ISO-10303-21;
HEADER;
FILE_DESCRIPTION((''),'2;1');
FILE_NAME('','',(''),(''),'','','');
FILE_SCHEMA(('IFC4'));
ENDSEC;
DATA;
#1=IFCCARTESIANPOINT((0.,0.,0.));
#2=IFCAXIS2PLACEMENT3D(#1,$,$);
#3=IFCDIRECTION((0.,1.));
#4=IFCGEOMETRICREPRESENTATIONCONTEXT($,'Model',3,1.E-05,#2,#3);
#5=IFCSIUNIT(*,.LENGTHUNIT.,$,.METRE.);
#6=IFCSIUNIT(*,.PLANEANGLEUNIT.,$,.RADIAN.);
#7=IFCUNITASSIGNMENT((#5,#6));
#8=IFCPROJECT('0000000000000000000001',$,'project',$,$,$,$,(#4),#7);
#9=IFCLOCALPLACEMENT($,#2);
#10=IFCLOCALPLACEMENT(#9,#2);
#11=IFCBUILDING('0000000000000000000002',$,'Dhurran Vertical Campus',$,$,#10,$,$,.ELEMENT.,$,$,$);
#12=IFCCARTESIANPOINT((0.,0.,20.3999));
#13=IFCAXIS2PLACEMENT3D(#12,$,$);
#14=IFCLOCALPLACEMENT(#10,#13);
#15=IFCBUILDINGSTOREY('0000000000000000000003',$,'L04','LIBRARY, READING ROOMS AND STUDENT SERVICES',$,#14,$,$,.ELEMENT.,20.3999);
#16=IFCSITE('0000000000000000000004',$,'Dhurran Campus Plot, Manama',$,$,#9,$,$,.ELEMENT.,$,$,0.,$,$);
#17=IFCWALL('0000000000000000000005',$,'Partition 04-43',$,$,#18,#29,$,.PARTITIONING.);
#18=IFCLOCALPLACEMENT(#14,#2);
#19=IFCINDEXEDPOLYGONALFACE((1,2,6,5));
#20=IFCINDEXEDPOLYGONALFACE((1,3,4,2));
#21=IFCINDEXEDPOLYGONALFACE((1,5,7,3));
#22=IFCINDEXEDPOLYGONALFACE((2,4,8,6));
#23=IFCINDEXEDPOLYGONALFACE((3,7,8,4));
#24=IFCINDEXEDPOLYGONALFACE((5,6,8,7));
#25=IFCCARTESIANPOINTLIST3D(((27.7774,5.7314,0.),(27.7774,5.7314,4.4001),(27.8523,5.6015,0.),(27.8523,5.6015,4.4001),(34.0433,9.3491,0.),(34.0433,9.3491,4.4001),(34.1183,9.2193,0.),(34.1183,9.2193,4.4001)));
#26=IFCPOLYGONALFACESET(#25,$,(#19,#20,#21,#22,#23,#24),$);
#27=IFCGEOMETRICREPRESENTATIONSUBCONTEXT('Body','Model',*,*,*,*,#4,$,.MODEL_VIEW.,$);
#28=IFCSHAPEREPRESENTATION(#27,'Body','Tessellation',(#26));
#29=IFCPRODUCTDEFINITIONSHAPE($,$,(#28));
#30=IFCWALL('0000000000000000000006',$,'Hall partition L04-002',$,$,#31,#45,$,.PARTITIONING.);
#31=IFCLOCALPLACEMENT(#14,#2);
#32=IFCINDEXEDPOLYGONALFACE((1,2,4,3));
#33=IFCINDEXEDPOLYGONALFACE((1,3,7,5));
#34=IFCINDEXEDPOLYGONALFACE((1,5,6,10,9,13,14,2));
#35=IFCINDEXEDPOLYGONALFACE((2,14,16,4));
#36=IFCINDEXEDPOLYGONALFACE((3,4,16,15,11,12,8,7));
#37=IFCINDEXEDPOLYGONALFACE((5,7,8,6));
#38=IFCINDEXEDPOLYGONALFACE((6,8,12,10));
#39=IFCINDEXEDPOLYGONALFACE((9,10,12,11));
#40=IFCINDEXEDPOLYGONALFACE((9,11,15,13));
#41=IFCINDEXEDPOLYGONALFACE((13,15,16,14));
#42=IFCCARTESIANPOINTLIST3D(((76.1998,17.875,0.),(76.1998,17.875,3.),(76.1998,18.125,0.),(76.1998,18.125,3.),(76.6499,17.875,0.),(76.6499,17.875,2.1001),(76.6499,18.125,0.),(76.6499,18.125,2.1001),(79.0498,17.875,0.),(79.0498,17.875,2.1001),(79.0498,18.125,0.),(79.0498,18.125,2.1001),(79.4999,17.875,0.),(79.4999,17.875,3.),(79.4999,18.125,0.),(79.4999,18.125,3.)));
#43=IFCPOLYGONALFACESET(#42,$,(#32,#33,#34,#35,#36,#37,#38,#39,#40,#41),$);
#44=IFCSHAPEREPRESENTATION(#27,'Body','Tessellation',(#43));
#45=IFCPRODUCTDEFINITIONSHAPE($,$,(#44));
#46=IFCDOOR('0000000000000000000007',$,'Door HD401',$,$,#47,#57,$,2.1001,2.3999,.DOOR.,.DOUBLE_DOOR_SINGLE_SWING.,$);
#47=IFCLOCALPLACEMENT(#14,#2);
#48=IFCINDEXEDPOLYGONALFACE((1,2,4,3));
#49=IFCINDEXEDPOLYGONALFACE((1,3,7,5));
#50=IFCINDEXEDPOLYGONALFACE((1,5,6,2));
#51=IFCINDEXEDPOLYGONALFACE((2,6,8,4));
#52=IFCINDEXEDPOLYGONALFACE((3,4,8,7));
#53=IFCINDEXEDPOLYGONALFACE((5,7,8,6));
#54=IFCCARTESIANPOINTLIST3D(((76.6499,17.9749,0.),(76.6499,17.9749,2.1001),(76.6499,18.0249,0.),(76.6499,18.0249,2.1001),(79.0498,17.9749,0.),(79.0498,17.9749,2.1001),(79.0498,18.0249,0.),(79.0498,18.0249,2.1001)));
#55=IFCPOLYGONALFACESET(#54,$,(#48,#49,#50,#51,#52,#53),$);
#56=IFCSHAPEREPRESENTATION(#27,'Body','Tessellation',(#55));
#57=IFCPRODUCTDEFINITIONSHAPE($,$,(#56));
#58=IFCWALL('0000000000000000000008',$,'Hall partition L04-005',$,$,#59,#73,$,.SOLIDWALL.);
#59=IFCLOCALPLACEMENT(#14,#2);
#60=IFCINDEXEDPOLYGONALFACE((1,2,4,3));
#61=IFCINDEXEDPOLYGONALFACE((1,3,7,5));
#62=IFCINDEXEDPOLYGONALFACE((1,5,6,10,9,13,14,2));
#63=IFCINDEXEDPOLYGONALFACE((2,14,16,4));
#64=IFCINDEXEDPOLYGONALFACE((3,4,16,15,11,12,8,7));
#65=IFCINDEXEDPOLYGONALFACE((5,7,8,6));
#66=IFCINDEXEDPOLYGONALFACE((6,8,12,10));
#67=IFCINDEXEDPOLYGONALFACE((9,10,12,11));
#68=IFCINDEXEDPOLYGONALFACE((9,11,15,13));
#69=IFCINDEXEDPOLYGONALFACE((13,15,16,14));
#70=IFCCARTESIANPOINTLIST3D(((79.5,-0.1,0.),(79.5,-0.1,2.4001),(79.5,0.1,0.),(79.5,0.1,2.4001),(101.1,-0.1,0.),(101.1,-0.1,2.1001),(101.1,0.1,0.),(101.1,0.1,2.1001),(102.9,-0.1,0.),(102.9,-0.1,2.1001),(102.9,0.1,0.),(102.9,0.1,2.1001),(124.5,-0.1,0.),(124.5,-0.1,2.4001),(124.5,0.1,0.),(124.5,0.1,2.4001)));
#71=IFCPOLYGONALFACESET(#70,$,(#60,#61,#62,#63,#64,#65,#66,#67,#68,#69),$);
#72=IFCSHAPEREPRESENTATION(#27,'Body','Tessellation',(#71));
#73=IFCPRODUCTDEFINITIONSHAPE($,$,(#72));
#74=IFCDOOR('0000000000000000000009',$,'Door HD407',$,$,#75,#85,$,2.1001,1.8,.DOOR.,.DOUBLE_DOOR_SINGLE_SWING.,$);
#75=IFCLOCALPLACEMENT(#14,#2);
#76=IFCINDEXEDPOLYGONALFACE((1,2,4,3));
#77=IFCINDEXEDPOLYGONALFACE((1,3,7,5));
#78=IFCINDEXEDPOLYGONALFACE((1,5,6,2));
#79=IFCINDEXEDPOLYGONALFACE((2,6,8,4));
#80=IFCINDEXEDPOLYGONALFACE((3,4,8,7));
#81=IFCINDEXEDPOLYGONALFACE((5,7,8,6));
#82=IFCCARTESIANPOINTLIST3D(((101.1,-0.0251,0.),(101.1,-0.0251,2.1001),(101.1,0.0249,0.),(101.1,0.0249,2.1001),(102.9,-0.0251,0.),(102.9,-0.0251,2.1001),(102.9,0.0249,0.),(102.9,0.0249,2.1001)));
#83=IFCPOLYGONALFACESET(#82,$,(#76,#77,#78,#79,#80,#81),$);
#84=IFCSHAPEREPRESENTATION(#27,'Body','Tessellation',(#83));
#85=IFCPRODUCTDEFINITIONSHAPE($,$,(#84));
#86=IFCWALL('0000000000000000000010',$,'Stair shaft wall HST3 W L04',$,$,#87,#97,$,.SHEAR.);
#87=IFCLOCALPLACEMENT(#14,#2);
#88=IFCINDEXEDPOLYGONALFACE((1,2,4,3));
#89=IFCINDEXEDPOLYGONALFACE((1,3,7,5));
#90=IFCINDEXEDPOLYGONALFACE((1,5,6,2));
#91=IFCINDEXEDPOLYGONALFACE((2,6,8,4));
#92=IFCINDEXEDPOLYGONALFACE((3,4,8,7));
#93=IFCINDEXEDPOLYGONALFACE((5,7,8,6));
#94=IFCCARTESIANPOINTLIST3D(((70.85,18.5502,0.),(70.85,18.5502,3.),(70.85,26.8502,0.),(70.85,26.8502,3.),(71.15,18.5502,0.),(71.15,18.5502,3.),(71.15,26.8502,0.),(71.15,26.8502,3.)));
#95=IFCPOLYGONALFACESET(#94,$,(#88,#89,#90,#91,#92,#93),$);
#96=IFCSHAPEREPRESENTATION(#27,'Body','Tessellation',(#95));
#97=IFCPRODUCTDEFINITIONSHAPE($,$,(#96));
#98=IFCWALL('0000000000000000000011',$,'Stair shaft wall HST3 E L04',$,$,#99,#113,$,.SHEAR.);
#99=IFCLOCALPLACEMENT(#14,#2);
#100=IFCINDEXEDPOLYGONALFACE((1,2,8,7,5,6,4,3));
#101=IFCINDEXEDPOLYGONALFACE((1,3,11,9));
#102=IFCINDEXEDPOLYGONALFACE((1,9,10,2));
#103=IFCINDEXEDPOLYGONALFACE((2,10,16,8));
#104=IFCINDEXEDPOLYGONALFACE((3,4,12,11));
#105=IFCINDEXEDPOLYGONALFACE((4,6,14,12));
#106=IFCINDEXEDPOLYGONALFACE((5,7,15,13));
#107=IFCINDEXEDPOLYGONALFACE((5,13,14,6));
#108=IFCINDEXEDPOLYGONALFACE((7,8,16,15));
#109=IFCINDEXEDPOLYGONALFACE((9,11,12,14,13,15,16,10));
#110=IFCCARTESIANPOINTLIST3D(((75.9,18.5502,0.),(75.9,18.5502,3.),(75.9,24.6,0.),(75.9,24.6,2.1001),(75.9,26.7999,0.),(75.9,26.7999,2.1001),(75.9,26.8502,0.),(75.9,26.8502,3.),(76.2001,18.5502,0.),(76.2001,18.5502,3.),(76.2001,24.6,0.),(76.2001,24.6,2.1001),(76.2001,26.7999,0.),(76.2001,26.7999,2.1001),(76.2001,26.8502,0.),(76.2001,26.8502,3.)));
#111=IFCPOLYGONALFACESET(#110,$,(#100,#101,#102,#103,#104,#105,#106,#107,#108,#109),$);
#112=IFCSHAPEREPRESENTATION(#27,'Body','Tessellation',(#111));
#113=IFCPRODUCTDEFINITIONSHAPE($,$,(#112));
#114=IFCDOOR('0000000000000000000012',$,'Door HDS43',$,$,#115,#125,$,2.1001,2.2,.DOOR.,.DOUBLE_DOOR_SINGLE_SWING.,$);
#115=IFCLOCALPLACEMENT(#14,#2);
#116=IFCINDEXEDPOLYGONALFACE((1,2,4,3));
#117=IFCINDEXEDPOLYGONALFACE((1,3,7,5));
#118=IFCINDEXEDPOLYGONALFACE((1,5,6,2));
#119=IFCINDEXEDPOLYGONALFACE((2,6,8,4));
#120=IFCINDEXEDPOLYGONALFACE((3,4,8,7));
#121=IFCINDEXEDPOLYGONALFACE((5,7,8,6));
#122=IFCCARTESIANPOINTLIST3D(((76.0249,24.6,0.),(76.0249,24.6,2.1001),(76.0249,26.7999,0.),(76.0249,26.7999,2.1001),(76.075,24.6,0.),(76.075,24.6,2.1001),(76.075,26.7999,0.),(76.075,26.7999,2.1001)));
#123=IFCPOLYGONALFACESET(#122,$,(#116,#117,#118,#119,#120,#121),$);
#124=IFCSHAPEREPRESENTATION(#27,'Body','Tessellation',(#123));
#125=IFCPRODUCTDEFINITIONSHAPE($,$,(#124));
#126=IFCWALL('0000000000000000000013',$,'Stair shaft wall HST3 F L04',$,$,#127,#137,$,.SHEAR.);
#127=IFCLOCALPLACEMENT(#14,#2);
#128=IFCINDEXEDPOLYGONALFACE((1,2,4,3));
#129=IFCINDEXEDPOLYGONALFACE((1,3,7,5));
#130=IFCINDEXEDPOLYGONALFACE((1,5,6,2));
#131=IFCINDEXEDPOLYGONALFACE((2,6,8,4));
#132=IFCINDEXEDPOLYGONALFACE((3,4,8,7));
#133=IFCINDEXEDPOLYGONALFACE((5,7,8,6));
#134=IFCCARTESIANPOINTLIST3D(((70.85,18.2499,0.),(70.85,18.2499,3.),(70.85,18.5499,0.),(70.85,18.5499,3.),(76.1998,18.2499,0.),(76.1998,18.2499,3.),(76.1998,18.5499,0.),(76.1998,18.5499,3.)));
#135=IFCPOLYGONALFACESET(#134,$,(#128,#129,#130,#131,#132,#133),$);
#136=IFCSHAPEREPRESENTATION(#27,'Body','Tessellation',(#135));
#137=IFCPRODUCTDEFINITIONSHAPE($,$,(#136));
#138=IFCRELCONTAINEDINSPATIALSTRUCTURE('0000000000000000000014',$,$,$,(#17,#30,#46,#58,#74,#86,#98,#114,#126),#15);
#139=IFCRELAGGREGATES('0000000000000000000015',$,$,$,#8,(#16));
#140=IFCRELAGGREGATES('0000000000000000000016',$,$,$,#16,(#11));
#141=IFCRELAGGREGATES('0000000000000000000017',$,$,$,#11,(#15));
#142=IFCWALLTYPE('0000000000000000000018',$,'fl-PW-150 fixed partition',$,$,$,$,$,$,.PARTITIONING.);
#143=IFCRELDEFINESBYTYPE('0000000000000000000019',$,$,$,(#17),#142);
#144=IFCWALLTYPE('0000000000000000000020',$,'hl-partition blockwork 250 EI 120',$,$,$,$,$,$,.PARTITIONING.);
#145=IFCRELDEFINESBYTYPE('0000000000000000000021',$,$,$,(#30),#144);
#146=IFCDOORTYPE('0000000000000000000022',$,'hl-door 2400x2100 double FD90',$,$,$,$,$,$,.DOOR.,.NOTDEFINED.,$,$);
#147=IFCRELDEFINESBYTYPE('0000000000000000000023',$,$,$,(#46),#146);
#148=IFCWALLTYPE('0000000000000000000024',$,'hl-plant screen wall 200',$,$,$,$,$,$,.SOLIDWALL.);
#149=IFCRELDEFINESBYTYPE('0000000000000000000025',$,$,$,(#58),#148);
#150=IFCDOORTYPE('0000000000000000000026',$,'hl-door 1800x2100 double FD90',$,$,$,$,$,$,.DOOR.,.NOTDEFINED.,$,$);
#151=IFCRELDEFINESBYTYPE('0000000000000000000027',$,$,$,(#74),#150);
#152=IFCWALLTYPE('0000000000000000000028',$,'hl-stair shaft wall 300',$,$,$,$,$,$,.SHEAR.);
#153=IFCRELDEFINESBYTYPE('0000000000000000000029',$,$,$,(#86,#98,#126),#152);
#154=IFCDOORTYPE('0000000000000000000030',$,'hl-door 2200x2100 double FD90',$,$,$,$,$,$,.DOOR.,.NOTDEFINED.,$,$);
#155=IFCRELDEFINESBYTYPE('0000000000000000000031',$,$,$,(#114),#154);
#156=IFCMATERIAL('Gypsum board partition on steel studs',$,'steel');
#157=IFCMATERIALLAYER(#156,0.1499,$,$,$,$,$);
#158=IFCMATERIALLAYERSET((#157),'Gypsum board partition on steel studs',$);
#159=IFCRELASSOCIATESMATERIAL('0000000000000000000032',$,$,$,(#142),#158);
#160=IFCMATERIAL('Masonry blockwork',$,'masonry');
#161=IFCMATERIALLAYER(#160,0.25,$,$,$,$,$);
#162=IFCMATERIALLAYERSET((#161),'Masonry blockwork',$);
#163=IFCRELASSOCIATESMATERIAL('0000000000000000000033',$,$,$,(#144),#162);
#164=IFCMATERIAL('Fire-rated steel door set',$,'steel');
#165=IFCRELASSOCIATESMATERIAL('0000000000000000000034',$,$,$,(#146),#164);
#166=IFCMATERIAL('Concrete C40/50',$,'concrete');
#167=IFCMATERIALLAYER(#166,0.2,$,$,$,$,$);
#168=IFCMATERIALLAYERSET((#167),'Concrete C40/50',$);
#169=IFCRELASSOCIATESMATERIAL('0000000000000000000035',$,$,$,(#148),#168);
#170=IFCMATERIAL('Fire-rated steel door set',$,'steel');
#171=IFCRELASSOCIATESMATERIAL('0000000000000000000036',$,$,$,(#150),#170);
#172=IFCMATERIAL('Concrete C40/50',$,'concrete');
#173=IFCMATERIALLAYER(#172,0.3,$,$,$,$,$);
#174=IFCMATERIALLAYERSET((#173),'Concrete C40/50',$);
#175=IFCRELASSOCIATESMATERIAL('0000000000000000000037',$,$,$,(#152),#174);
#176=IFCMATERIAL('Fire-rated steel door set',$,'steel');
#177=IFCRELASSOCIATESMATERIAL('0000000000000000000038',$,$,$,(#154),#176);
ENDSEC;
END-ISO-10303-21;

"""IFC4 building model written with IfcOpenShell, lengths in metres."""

from ifc_helpers import new_model, si_unit, direction, frame, frame_2d, origin, place, context, subcontext, project, spatial, rectangle, extrude, material, layer, layer_set, type_object, element, fill, save


model = new_model("IFC4")

# Units and contexts
model_context = context("Model", 3, precision=1e-05, world=origin(), true_north=direction((0.0, 1.0)))
body_context = subcontext(model_context, "Body", "Model", "MODEL_VIEW")
ifc_project = project(units=[si_unit("LENGTHUNIT", "METRE"), si_unit("PLANEANGLEUNIT", "RADIAN")], contexts=[model_context])

# Site, building, storey
site_placement = place(None, origin())
site = spatial("IfcSite", under=ifc_project, at=site_placement, Name="Dhurran Campus Plot, Manama", CompositionType="ELEMENT", RefElevation=0.0)
building_placement = place(site_placement, origin())
building = spatial("IfcBuilding", under=site, at=building_placement, Name="Dhurran Vertical Campus", CompositionType="ELEMENT")
storey_placement = place(building_placement, frame((0.0, 0.0, 20.3999)))
storey = spatial("IfcBuildingStorey", under=building, at=storey_placement, Name="L04", Description="LIBRARY, READING ROOMS AND STUDENT SERVICES", CompositionType="ELEMENT", Elevation=20.3999)

# Wall
ifc_material_1 = material(Name="Gypsum board partition on steel studs", Category="steel")
ifc_layer_1 = layer(ifc_material_1, 0.1499)
ifc_layer_set_1 = layer_set([ifc_layer_1], Name="Gypsum board partition on steel studs")
wall_type_1 = type_object("IfcWallType", Name="fl-PW-150 fixed partition", PredefinedType="PARTITIONING", material=ifc_layer_set_1)
wall_1_placement = place(storey_placement, frame((34.0808, 9.2842, 0.0), z_axis=(0.0, 0.0, 1.0), x_axis=(-0.866021, -0.500008, 0.0)))
element("IfcWall", 1, at=wall_1_placement, inside=storey, type_object=wall_type_1, Name="Partition 04-43", PredefinedType="PARTITIONING", context=body_context, shape_type="SweptSolid", body=[
    extrude(rectangle(XDim=7.2354, YDim=0.1499, at=frame_2d((3.6177, 0.0))), origin(), (0.0, 0.0, 1.0), 4.4001),
])

# Walls, openings, doors
ifc_material_2 = material(Name="Masonry blockwork", Category="masonry")
ifc_layer_2 = layer(ifc_material_2, 0.25)
ifc_layer_set_2 = layer_set([ifc_layer_2], Name="Masonry blockwork")
wall_type_2 = type_object("IfcWallType", Name="hl-partition blockwork 250 EI 120", PredefinedType="PARTITIONING", material=ifc_layer_set_2)
wall_2_placement = place(storey_placement, frame((76.2, 18.0, 0.0), z_axis=(0.0, 0.0, 1.0), x_axis=(1.0, 0.0, 0.0)))
wall_2 = element("IfcWall", 2, at=wall_2_placement, inside=storey, type_object=wall_type_2, Name="Hall partition L04-002", PredefinedType="PARTITIONING", context=body_context, shape_type="SweptSolid", body=[
    extrude(rectangle(XDim=3.3, YDim=0.25, at=frame_2d((1.6499, 0.0))), origin(), (0.0, 0.0, 1.0), 3.0),
])
opening_1_placement = place(wall_2_placement, frame((0.45, 0.0, 0.0)))
opening_1 = element("IfcOpeningElement", 3, at=opening_1_placement, cuts=wall_2, PredefinedType="OPENING", context=body_context, shape_type="SweptSolid", body=[
    extrude(rectangle(XDim=2.3999, YDim=2.1001, at=frame_2d((1.2, 1.05))), frame((0.0, 0.135, 0.0), z_axis=(0.0, -1.0, 0.0), x_axis=(1.0, 0.0, 0.0)), (0.0, 0.0, 1.0), 0.27),
])
ifc_material_3 = material(Name="Fire-rated steel door set", Category="steel")
door_type_1 = type_object("IfcDoorType", Name="hl-door 2400x2100 double FD90", OperationType="NOTDEFINED", PredefinedType="DOOR", material=ifc_material_3)
door_1_placement = place(opening_1_placement, origin())
door_1 = element("IfcDoor", 4, at=door_1_placement, inside=storey, type_object=door_type_1, Name="Door HD401", OperationType="DOUBLE_DOOR_SINGLE_SWING", OverallHeight=2.1001, OverallWidth=2.3999, PredefinedType="DOOR", context=body_context, shape_type="SweptSolid", body=[
    extrude(rectangle(XDim=2.3999, YDim=2.1001, at=frame_2d((1.2, 1.05))), frame((0.0, 0.0249, 0.0), z_axis=(0.0, -1.0, 0.0), x_axis=(1.0, 0.0, 0.0)), (0.0, 0.0, 1.0), 0.05),
])
fill(opening_1, door_1)
ifc_material_4 = material(Name="Concrete C40/50", Category="concrete")
ifc_layer_3 = layer(ifc_material_4, 0.2)
ifc_layer_set_3 = layer_set([ifc_layer_3], Name="Concrete C40/50")
wall_type_3 = type_object("IfcWallType", Name="hl-plant screen wall 200", PredefinedType="SOLIDWALL", material=ifc_layer_set_3)
wall_3_placement = place(storey_placement, frame((79.5, 0.0, 0.0), z_axis=(0.0, 0.0, 1.0), x_axis=(1.0, 0.0, 0.0)))
wall_3 = element("IfcWall", 5, at=wall_3_placement, inside=storey, type_object=wall_type_3, Name="Hall partition L04-005", PredefinedType="SOLIDWALL", context=body_context, shape_type="SweptSolid", body=[
    extrude(rectangle(XDim=45.0, YDim=0.2, at=frame_2d((22.5, 0.0))), origin(), (0.0, 0.0, 1.0), 2.4001),
])
opening_2_placement = place(wall_3_placement, frame((21.6001, 0.0, 0.0)))
opening_2 = element("IfcOpeningElement", 6, at=opening_2_placement, cuts=wall_3, PredefinedType="OPENING", context=body_context, shape_type="SweptSolid", body=[
    extrude(rectangle(XDim=1.8, YDim=2.1001, at=frame_2d((0.8999, 1.05))), frame((0.0, 0.1099, 0.0), z_axis=(0.0, -1.0, 0.0), x_axis=(1.0, 0.0, 0.0)), (0.0, 0.0, 1.0), 0.22),
])
ifc_material_5 = material(Name="Fire-rated steel door set", Category="steel")
door_type_2 = type_object("IfcDoorType", Name="hl-door 1800x2100 double FD90", OperationType="NOTDEFINED", PredefinedType="DOOR", material=ifc_material_5)
door_2_placement = place(opening_2_placement, origin())
door_2 = element("IfcDoor", 7, at=door_2_placement, inside=storey, type_object=door_type_2, Name="Door HD407", OperationType="DOUBLE_DOOR_SINGLE_SWING", OverallHeight=2.1001, OverallWidth=1.8, PredefinedType="DOOR", context=body_context, shape_type="SweptSolid", body=[
    extrude(rectangle(XDim=1.8, YDim=2.1001, at=frame_2d((0.8999, 1.05))), frame((0.0, 0.0249, 0.0), z_axis=(0.0, -1.0, 0.0), x_axis=(1.0, 0.0, 0.0)), (0.0, 0.0, 1.0), 0.05),
])
fill(opening_2, door_2)

# Wall
ifc_material_6 = material(Name="Concrete C40/50", Category="concrete")
ifc_layer_4 = layer(ifc_material_6, 0.3)
ifc_layer_set_4 = layer_set([ifc_layer_4], Name="Concrete C40/50")
wall_type_4 = type_object("IfcWallType", Name="hl-stair shaft wall 300", PredefinedType="SHEAR", material=ifc_layer_set_4)
wall_4_placement = place(storey_placement, frame((71.0, 26.8501, 0.0), z_axis=(0.0, 0.0, 1.0), x_axis=(0.0, -1.0, 0.0)))
element("IfcWall", 8, at=wall_4_placement, inside=storey, type_object=wall_type_4, Name="Stair shaft wall HST3 W L04", PredefinedType="SHEAR", context=body_context, shape_type="SweptSolid", body=[
    extrude(rectangle(XDim=8.3, YDim=0.3, at=frame_2d((4.1499, 0.0))), origin(), (0.0, 0.0, 1.0), 3.0),
])

# Wall, opening, door
wall_5_placement = place(storey_placement, frame((76.05, 26.8501, 0.0), z_axis=(0.0, 0.0, 1.0), x_axis=(0.0, -1.0, 0.0)))
wall_5 = element("IfcWall", 9, at=wall_5_placement, inside=storey, type_object=wall_type_4, Name="Stair shaft wall HST3 E L04", PredefinedType="SHEAR", context=body_context, shape_type="SweptSolid", body=[
    extrude(rectangle(XDim=8.3, YDim=0.3, at=frame_2d((4.1499, 0.0))), origin(), (0.0, 0.0, 1.0), 3.0),
])
opening_3_placement = place(wall_5_placement, frame((0.05, 0.0, 0.0)))
opening_3 = element("IfcOpeningElement", 10, at=opening_3_placement, cuts=wall_5, PredefinedType="OPENING", context=body_context, shape_type="SweptSolid", body=[
    extrude(rectangle(XDim=2.2, YDim=2.1001, at=frame_2d((1.1001, 1.05))), frame((0.0, 0.1599, 0.0), z_axis=(0.0, -1.0, 0.0), x_axis=(1.0, 0.0, 0.0)), (0.0, 0.0, 1.0), 0.3201),
])
ifc_material_7 = material(Name="Fire-rated steel door set", Category="steel")
door_type_3 = type_object("IfcDoorType", Name="hl-door 2200x2100 double FD90", OperationType="NOTDEFINED", PredefinedType="DOOR", material=ifc_material_7)
door_3_placement = place(opening_3_placement, origin())
door_3 = element("IfcDoor", 11, at=door_3_placement, inside=storey, type_object=door_type_3, Name="Door HDS43", OperationType="DOUBLE_DOOR_SINGLE_SWING", OverallHeight=2.1001, OverallWidth=2.2, PredefinedType="DOOR", context=body_context, shape_type="SweptSolid", body=[
    extrude(rectangle(XDim=2.2, YDim=2.1001, at=frame_2d((1.1001, 1.05))), frame((0.0, 0.0249, 0.0), z_axis=(0.0, -1.0, 0.0), x_axis=(1.0, 0.0, 0.0)), (0.0, 0.0, 1.0), 0.05),
])
fill(opening_3, door_3)

# Wall
wall_6_placement = place(storey_placement, frame((70.8501, 18.3999, 0.0), z_axis=(0.0, 0.0, 1.0), x_axis=(1.0, 0.0, 0.0)))
element("IfcWall", 12, at=wall_6_placement, inside=storey, type_object=wall_type_4, Name="Stair shaft wall HST3 F L04", PredefinedType="SHEAR", context=body_context, shape_type="SweptSolid", body=[
    extrude(rectangle(XDim=5.3499, YDim=0.3, at=frame_2d((2.6748, 0.0))), origin(), (0.0, 0.0, 1.0), 3.0),
])

save(model, "model.ifc")
